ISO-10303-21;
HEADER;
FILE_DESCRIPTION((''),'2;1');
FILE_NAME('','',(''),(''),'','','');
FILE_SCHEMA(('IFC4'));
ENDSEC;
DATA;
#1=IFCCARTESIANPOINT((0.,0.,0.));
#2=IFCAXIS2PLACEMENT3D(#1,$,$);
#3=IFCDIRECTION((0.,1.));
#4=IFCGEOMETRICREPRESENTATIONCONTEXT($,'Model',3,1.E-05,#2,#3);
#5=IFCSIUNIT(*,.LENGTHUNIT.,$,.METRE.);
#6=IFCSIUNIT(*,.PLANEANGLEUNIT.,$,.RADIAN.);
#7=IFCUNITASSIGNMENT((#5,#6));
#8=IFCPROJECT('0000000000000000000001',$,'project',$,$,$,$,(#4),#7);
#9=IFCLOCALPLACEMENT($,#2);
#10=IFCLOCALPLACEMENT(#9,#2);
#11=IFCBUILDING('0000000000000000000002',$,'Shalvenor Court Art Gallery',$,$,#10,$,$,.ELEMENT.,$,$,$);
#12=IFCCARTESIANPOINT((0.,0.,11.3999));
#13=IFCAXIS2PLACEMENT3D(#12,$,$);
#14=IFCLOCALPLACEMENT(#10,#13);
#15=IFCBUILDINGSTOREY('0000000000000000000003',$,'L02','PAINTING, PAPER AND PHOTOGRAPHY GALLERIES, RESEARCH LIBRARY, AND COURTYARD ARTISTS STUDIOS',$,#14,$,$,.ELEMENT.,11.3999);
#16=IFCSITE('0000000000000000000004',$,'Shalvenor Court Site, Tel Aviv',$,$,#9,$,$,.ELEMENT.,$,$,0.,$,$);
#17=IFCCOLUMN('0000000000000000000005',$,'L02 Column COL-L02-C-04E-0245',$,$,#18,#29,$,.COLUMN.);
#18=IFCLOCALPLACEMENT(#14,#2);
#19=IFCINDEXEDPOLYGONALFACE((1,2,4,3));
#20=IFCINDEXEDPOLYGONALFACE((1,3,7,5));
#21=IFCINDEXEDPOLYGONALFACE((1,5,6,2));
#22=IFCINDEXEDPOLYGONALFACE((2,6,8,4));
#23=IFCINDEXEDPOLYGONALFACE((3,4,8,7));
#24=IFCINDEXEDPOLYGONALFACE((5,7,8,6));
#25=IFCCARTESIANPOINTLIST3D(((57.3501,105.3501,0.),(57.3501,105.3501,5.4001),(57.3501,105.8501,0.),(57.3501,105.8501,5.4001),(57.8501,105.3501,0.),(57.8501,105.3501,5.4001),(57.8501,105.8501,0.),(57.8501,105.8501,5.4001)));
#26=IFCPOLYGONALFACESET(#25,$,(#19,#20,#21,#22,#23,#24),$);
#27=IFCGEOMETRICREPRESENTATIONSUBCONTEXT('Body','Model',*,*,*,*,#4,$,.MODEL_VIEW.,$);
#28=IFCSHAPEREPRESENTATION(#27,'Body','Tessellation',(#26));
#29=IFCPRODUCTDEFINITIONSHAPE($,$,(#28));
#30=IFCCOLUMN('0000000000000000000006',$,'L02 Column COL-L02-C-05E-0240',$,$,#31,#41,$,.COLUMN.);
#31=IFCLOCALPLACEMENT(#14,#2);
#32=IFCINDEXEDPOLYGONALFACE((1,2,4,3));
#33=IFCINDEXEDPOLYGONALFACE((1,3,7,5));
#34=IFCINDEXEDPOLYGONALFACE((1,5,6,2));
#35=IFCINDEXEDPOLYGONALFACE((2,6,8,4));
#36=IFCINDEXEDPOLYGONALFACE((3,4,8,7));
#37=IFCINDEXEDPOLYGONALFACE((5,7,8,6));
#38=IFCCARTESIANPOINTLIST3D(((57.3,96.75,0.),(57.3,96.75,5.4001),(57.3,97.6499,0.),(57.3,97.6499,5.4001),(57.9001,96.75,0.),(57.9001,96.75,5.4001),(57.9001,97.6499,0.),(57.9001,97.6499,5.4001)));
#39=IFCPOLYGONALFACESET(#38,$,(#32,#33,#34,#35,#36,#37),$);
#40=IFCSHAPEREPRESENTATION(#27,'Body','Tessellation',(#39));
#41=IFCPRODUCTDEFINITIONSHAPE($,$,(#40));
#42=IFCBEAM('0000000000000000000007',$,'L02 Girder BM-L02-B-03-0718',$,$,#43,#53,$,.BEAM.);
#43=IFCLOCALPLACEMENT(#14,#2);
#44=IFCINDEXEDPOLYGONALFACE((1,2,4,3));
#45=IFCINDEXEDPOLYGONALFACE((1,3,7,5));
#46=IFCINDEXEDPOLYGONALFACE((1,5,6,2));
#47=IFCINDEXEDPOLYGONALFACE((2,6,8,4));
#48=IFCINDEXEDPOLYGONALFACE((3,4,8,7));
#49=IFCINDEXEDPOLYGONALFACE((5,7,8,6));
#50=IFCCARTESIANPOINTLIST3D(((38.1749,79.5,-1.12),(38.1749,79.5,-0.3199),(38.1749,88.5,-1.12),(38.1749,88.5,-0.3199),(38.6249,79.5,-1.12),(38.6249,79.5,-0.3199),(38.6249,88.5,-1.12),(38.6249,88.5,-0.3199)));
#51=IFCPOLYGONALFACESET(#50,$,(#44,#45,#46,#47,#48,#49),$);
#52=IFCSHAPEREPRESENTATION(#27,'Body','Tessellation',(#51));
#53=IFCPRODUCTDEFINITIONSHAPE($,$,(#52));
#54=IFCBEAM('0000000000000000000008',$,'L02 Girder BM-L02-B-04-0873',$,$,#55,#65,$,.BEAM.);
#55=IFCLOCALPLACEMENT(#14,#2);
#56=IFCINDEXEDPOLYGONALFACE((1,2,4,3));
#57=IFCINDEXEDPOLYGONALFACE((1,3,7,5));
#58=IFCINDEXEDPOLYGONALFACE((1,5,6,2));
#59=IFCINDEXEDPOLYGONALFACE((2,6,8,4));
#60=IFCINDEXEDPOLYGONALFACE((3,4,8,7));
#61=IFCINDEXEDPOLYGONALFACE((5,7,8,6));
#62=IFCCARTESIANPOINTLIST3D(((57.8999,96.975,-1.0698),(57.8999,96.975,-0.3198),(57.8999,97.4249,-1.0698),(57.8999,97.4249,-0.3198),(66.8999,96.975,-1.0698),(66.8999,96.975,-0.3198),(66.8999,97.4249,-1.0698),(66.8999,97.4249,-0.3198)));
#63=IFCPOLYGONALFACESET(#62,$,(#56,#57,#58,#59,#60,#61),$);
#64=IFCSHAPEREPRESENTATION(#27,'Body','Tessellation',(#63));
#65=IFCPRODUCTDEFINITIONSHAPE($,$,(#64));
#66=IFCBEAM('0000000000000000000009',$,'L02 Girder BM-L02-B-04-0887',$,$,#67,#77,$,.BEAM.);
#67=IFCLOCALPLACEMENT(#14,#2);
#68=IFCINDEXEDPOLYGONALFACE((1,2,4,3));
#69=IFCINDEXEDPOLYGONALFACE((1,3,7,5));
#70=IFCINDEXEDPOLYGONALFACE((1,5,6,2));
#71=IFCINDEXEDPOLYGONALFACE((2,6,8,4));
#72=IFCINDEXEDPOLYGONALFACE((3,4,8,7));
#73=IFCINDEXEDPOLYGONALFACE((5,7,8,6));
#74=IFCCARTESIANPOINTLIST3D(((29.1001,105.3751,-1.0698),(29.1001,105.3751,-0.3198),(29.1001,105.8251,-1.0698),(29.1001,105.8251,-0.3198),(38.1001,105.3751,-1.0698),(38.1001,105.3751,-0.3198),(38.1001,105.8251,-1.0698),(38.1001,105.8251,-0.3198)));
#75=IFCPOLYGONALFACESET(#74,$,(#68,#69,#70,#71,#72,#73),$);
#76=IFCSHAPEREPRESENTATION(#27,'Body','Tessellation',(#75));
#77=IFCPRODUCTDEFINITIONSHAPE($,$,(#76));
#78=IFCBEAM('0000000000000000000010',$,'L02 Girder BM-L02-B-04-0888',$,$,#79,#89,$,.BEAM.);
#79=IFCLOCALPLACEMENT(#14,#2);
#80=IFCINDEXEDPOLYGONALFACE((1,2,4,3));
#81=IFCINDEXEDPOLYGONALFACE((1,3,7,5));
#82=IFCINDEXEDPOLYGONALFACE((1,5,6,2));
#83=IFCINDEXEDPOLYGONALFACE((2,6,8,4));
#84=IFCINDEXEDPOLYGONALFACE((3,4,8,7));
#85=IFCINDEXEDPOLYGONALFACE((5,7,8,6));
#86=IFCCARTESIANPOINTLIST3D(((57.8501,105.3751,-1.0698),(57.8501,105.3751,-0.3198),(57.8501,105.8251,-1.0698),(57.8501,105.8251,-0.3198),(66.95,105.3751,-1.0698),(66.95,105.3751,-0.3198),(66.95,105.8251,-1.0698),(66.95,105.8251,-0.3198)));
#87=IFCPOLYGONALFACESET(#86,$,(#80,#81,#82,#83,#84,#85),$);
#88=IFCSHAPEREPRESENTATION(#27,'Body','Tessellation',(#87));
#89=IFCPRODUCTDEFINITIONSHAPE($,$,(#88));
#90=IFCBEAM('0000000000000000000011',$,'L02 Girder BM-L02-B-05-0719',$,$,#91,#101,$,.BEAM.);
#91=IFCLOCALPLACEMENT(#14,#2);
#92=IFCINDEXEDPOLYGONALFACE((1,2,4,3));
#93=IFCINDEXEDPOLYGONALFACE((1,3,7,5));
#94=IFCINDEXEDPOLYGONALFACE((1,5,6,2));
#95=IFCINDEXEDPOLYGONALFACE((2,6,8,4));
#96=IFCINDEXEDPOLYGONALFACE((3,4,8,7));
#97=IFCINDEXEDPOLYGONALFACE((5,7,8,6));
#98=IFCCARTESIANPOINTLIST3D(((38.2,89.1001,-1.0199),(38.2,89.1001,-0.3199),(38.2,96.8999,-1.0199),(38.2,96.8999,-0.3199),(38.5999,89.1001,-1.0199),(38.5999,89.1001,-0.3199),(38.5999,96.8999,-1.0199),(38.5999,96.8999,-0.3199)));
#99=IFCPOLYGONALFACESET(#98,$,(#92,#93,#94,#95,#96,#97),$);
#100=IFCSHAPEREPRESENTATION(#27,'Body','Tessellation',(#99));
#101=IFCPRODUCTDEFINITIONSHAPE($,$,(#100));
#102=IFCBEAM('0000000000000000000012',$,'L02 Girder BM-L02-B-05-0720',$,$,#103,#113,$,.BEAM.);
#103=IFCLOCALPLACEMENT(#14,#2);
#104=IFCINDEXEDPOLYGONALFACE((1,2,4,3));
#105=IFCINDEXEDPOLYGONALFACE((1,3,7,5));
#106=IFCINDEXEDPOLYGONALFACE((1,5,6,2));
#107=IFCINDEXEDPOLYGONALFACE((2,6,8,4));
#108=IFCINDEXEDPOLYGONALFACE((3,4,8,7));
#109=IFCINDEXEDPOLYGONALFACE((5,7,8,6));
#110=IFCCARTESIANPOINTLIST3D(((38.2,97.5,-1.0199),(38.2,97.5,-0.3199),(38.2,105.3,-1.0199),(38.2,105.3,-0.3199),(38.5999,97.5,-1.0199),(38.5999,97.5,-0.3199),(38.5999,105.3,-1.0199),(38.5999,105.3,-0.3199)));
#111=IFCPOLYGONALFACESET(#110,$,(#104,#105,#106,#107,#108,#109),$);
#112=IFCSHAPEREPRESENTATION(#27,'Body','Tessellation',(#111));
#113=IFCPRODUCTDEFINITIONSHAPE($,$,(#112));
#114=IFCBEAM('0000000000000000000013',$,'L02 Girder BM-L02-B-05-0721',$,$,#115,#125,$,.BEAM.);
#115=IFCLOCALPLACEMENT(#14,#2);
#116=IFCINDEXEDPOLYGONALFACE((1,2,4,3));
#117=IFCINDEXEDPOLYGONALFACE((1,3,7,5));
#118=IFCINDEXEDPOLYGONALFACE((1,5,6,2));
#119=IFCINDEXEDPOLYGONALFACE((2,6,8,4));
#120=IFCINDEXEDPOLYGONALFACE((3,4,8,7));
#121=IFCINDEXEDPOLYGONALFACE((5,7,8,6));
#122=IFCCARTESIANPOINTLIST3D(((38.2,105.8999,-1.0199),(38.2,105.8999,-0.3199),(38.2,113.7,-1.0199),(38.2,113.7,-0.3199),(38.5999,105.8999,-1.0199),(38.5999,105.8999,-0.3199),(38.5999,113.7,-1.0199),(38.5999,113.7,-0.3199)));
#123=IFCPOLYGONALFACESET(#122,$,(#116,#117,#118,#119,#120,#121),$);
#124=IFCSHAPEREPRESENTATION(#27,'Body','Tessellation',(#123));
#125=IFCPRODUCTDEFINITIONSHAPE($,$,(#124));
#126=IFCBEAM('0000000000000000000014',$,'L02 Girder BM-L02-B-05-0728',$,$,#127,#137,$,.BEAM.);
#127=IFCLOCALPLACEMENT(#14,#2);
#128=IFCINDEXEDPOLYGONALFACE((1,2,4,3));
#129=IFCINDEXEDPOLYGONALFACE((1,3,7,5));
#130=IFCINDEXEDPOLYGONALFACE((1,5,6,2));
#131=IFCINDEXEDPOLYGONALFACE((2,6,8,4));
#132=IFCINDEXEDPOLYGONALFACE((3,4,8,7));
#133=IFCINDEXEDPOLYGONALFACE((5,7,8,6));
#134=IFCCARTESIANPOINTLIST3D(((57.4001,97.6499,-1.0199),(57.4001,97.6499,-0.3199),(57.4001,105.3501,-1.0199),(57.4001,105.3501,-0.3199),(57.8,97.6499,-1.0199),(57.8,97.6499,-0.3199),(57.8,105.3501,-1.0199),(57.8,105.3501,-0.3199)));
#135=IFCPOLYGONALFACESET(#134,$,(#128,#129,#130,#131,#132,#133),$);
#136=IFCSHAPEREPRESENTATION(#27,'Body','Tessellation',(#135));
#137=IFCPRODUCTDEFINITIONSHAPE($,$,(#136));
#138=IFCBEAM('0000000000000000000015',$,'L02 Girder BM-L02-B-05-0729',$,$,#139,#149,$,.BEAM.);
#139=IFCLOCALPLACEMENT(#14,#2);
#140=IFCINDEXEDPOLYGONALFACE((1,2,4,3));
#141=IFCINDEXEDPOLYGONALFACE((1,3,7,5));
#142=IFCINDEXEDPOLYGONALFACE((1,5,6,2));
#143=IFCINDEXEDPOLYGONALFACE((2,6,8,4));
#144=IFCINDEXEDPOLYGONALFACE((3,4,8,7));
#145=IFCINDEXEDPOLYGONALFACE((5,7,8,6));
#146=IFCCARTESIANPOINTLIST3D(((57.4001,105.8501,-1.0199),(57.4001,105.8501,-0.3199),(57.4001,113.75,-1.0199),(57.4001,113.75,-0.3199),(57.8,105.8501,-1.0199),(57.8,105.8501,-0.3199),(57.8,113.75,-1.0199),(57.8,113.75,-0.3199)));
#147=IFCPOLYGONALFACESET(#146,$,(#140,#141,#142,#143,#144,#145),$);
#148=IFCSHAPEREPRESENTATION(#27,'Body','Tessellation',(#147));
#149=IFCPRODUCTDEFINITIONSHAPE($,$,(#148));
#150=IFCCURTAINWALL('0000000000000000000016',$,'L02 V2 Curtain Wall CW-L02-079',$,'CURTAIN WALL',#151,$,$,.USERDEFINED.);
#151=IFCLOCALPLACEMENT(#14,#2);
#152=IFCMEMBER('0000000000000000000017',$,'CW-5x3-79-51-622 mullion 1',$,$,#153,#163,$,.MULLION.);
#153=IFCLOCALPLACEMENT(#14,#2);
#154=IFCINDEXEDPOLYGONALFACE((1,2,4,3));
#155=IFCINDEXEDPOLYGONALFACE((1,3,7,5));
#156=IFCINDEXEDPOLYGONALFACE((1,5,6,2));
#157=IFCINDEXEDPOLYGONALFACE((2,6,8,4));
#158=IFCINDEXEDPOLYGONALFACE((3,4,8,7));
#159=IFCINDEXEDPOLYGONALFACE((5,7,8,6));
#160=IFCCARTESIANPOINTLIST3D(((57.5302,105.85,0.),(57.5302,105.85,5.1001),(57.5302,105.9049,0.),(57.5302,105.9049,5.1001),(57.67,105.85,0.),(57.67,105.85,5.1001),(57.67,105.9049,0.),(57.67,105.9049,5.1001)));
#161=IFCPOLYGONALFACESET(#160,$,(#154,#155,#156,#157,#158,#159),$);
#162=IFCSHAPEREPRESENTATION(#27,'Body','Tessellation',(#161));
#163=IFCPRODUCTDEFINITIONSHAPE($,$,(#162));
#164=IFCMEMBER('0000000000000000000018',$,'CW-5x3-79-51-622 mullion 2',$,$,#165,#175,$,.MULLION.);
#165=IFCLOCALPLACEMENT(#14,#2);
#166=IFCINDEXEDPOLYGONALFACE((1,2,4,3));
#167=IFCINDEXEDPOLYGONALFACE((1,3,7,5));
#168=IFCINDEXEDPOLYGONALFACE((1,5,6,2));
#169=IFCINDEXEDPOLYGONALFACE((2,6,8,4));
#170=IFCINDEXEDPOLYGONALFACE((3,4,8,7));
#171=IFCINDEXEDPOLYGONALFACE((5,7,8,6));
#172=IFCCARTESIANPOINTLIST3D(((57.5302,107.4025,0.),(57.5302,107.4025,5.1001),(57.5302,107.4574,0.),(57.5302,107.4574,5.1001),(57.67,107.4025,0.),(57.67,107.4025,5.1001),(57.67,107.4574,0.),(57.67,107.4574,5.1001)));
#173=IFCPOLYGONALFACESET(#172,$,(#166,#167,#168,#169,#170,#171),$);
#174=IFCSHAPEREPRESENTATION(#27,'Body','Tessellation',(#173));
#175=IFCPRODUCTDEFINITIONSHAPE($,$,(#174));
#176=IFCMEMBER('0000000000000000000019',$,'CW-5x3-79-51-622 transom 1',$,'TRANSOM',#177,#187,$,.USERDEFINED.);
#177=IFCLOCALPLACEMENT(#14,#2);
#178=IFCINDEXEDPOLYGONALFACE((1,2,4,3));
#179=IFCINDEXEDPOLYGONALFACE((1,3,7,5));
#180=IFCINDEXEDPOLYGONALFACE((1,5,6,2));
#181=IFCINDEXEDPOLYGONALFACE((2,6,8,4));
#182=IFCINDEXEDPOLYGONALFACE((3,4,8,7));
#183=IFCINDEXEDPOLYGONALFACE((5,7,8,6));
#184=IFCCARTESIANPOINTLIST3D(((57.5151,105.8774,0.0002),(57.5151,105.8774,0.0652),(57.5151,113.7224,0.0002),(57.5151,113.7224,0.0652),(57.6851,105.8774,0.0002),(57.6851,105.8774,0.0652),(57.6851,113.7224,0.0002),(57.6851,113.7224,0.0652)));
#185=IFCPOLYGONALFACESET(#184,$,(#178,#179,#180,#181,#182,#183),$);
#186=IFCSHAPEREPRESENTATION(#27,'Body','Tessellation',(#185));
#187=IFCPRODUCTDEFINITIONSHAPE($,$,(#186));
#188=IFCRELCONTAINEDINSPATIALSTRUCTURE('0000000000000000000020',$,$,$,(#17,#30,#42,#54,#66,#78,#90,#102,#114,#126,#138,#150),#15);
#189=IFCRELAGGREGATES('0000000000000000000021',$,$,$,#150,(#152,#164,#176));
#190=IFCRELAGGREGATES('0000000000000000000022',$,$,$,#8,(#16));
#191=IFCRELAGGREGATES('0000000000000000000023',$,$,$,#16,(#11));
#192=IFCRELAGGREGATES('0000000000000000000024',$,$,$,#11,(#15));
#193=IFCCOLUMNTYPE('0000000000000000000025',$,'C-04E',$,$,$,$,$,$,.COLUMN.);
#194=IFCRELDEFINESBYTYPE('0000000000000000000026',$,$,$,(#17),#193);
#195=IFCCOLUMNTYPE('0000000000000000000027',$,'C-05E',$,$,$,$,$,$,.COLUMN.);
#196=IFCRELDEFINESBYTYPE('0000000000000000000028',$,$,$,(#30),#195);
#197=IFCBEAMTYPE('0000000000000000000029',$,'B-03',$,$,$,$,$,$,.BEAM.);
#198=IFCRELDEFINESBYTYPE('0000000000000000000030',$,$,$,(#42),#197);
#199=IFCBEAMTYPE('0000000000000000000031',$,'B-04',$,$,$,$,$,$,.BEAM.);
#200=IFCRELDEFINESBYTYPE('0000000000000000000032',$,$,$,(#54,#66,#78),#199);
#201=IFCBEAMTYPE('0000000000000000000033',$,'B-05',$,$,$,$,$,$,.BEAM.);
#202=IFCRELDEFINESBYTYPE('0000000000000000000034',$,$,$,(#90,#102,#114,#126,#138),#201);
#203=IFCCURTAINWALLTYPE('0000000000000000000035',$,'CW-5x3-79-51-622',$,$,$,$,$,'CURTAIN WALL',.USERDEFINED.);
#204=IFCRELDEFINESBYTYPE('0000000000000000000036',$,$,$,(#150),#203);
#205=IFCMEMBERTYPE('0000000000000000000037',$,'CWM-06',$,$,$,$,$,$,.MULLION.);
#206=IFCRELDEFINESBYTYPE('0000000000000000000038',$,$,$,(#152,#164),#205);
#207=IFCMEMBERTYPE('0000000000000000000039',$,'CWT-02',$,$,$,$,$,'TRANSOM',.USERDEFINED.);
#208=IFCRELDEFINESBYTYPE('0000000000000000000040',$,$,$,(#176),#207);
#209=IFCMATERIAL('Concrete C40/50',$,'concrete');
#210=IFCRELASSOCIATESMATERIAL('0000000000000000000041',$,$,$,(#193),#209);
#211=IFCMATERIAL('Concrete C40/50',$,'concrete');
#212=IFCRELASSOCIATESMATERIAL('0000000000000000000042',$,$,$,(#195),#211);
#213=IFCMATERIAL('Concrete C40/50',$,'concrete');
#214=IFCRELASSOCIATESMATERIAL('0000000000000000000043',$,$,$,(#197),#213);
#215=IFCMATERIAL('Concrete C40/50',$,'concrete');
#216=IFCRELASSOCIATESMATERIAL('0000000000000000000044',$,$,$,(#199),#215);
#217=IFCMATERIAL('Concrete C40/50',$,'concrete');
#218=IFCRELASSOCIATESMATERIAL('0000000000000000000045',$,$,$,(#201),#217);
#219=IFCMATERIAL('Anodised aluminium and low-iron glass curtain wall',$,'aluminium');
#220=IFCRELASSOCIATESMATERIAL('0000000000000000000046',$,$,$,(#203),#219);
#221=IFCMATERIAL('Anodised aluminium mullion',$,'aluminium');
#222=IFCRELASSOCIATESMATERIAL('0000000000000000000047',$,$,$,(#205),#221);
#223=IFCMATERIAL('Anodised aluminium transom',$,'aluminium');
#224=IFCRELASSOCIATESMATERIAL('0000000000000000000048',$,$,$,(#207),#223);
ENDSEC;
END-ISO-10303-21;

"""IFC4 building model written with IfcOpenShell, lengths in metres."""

from ifc_helpers import new_model, si_unit, direction, frame, origin, origin_2d, place, context, subcontext, project, spatial, rectangle, extrude, material, material_profile, profile_set, type_object, element, aggregate, save


model = new_model("IFC4")

# Units and contexts
model_context = context("Model", 3, precision=1e-05, world=origin(), true_north=direction((0.0, 1.0)))
body_context = subcontext(model_context, "Body", "Model", "MODEL_VIEW")
ifc_project = project(units=[si_unit("LENGTHUNIT", "METRE"), si_unit("PLANEANGLEUNIT", "RADIAN")], contexts=[model_context])

# Site, building, storey
site_placement = place(None, origin())
site = spatial("IfcSite", under=ifc_project, at=site_placement, Name="Shalvenor Court Site, Tel Aviv", CompositionType="ELEMENT", RefElevation=0.0)
building_placement = place(site_placement, origin())
building = spatial("IfcBuilding", under=site, at=building_placement, Name="Shalvenor Court Art Gallery", CompositionType="ELEMENT")
storey_placement = place(building_placement, frame((0.0, 0.0, 11.3999)))
storey = spatial("IfcBuildingStorey", under=building, at=storey_placement, Name="L02", Description="PAINTING, PAPER AND PHOTOGRAPHY GALLERIES, RESEARCH LIBRARY, AND COURTYARD ARTISTS STUDIOS", CompositionType="ELEMENT", Elevation=11.3999)

# Columns
ifc_material_1 = material(Name="Concrete C40/50", Category="concrete")
ifc_material_profile_1 = material_profile(ifc_material_1, rectangle(XDim=0.5, YDim=0.5, at=origin_2d()), Name="RC 500x500")
ifc_profile_set_1 = profile_set([ifc_material_profile_1], Name="Concrete C40/50")
column_type_1 = type_object("IfcColumnType", Name="C-04E", PredefinedType="COLUMN", material=ifc_profile_set_1)
column_1_placement = place(storey_placement, frame((57.6001, 105.6001, 0.0), z_axis=(0.0, 0.0, 1.0), x_axis=(1.0, 0.0, 0.0)))
element("IfcColumn", 1, at=column_1_placement, inside=storey, type_object=column_type_1, Name="L02 Column COL-L02-C-04E-0245", PredefinedType="COLUMN", context=body_context, shape_type="SweptSolid", body=[
    extrude(rectangle(XDim=0.5, YDim=0.5, at=origin_2d()), origin(), (0.0, 0.0, 1.0), 5.4001),
])
ifc_material_2 = material(Name="Concrete C40/50", Category="concrete")
ifc_material_profile_2 = material_profile(ifc_material_2, rectangle(XDim=0.6001, YDim=0.8999, at=origin_2d()), Name="RC 600x900")
ifc_profile_set_2 = profile_set([ifc_material_profile_2], Name="Concrete C40/50")
column_type_2 = type_object("IfcColumnType", Name="C-05E", PredefinedType="COLUMN", material=ifc_profile_set_2)
column_2_placement = place(storey_placement, frame((57.6001, 97.2, 0.0), z_axis=(0.0, 0.0, 1.0), x_axis=(1.0, 0.0, 0.0)))
element("IfcColumn", 2, at=column_2_placement, inside=storey, type_object=column_type_2, Name="L02 Column COL-L02-C-05E-0240", PredefinedType="COLUMN", context=body_context, shape_type="SweptSolid", body=[
    extrude(rectangle(XDim=0.6001, YDim=0.8999, at=origin_2d()), origin(), (0.0, 0.0, 1.0), 5.4001),
])

# Beams
ifc_material_3 = material(Name="Concrete C40/50", Category="concrete")
ifc_material_profile_3 = material_profile(ifc_material_3, rectangle(XDim=0.45, YDim=0.8, at=origin_2d()), Name="RC 450x800")
ifc_profile_set_3 = profile_set([ifc_material_profile_3], Name="Concrete C40/50")
beam_type_1 = type_object("IfcBeamType", Name="B-03", PredefinedType="BEAM", material=ifc_profile_set_3)
beam_1_placement = place(storey_placement, frame((38.3999, 79.5, -0.72), z_axis=(0.0, 1.0, 0.0), x_axis=(-1.0, 0.0, 0.0)))
element("IfcBeam", 3, at=beam_1_placement, inside=storey, type_object=beam_type_1, Name="L02 Girder BM-L02-B-03-0718", PredefinedType="BEAM", context=body_context, shape_type="SweptSolid", body=[
    extrude(rectangle(XDim=0.45, YDim=0.8, at=origin_2d()), origin(), (0.0, 0.0, 1.0), 9.0),
])
ifc_material_4 = material(Name="Concrete C40/50", Category="concrete")
ifc_material_profile_4 = material_profile(ifc_material_4, rectangle(XDim=0.45, YDim=0.75, at=origin_2d()), Name="RC 450x750")
ifc_profile_set_4 = profile_set([ifc_material_profile_4], Name="Concrete C40/50")
beam_type_2 = type_object("IfcBeamType", Name="B-04", PredefinedType="BEAM", material=ifc_profile_set_4)
for number, where, z_axis, x_axis, name in (
    (4, (57.8999, 97.2, -0.6948), (1.0, 0.0, 0.0), (0.0, 1.0, 0.0), "L02 Girder BM-L02-B-04-0873"),
    (5, (29.1001, 105.6001, -0.6948), (1.0, 0.0, 0.0), (0.0, 1.0, 0.0), "L02 Girder BM-L02-B-04-0887"),
):
    element("IfcBeam", number, at=place(storey_placement, frame(where, z_axis=z_axis, x_axis=x_axis)), inside=storey, type_object=beam_type_2, Name=name, PredefinedType="BEAM", context=body_context, shape_type="SweptSolid", body=[
        extrude(rectangle(XDim=0.45, YDim=0.75, at=origin_2d()), origin(), (0.0, 0.0, 1.0), 9.0),
    ])
beam_2_placement = place(storey_placement, frame((57.8501, 105.6001, -0.6948), z_axis=(1.0, 0.0, 0.0), x_axis=(0.0, 1.0, 0.0)))
element("IfcBeam", 6, at=beam_2_placement, inside=storey, type_object=beam_type_2, Name="L02 Girder BM-L02-B-04-0888", PredefinedType="BEAM", context=body_context, shape_type="SweptSolid", body=[
    extrude(rectangle(XDim=0.45, YDim=0.75, at=origin_2d()), origin(), (0.0, 0.0, 1.0), 9.0999),
])
ifc_material_5 = material(Name="Concrete C40/50", Category="concrete")
ifc_material_profile_5 = material_profile(ifc_material_5, rectangle(XDim=0.3999, YDim=0.7, at=origin_2d()), Name="RC 400x700")
ifc_profile_set_5 = profile_set([ifc_material_profile_5], Name="Concrete C40/50")
beam_type_3 = type_object("IfcBeamType", Name="B-05", PredefinedType="BEAM", material=ifc_profile_set_5)
beam_3_placement = place(storey_placement, frame((38.3999, 89.1001, -0.6699), z_axis=(0.0, 1.0, 0.0), x_axis=(-1.0, 0.0, 0.0)))
element("IfcBeam", 7, at=beam_3_placement, inside=storey, type_object=beam_type_3, Name="L02 Girder BM-L02-B-05-0719", PredefinedType="BEAM", context=body_context, shape_type="SweptSolid", body=[
    extrude(rectangle(XDim=0.3999, YDim=0.7, at=origin_2d()), origin(), (0.0, 0.0, 1.0), 7.7998),
])
for number, where, z_axis, x_axis, name in (
    (8, (38.3999, 97.5, -0.6699), (0.0, 1.0, 0.0), (-1.0, 0.0, 0.0), "L02 Girder BM-L02-B-05-0720"),
    (9, (38.3999, 105.8999, -0.6699), (0.0, 1.0, 0.0), (-1.0, 0.0, 0.0), "L02 Girder BM-L02-B-05-0721"),
):
    element("IfcBeam", number, at=place(storey_placement, frame(where, z_axis=z_axis, x_axis=x_axis)), inside=storey, type_object=beam_type_3, Name=name, PredefinedType="BEAM", context=body_context, shape_type="SweptSolid", body=[
        extrude(rectangle(XDim=0.3999, YDim=0.7, at=origin_2d()), origin(), (0.0, 0.0, 1.0), 7.8),
    ])
beam_4_placement = place(storey_placement, frame((57.6001, 97.6499, -0.6699), z_axis=(0.0, 1.0, 0.0), x_axis=(-1.0, 0.0, 0.0)))
element("IfcBeam", 10, at=beam_4_placement, inside=storey, type_object=beam_type_3, Name="L02 Girder BM-L02-B-05-0728", PredefinedType="BEAM", context=body_context, shape_type="SweptSolid", body=[
    extrude(rectangle(XDim=0.3999, YDim=0.7, at=origin_2d()), origin(), (0.0, 0.0, 1.0), 7.7002),
])
beam_5_placement = place(storey_placement, frame((57.6001, 105.8501, -0.6699), z_axis=(0.0, 1.0, 0.0), x_axis=(-1.0, 0.0, 0.0)))
element("IfcBeam", 11, at=beam_5_placement, inside=storey, type_object=beam_type_3, Name="L02 Girder BM-L02-B-05-0729", PredefinedType="BEAM", context=body_context, shape_type="SweptSolid", body=[
    extrude(rectangle(XDim=0.3999, YDim=0.7, at=origin_2d()), origin(), (0.0, 0.0, 1.0), 7.8999),
])

# Curtain wall, members
ifc_material_6 = material(Name="Anodised aluminium and low-iron glass curtain wall", Category="aluminium")
curtain_wall_type = type_object("IfcCurtainWallType", Name="CW-5x3-79-51-622", ElementType="CURTAIN WALL", PredefinedType="USERDEFINED", material=ifc_material_6)
curtain_wall_placement = place(storey_placement, origin())
curtain_wall = element("IfcCurtainWall", 12, at=curtain_wall_placement, inside=storey, type_object=curtain_wall_type, Name="L02 V2 Curtain Wall CW-L02-079", ObjectType="CURTAIN WALL", PredefinedType="USERDEFINED")
ifc_material_7 = material(Name="Anodised aluminium mullion", Category="aluminium")
ifc_material_profile_6 = material_profile(ifc_material_7, rectangle(XDim=0.0549, YDim=0.1399, at=origin_2d()), Name="CWM-06")
ifc_profile_set_6 = profile_set([ifc_material_profile_6], Name="Anodised aluminium mullion")
member_type_1 = type_object("IfcMemberType", Name="CWM-06", PredefinedType="MULLION", material=ifc_profile_set_6)
member_1_placement = place(storey_placement, frame((57.6001, 105.8774, 0.0), z_axis=(0.0, 0.0, 1.0), x_axis=(0.0, 1.0, 0.0)))
member_1 = element("IfcMember", 13, at=member_1_placement, type_object=member_type_1, Name="CW-5x3-79-51-622 mullion 1", PredefinedType="MULLION", context=body_context, shape_type="SweptSolid", body=[
    extrude(rectangle(XDim=0.0549, YDim=0.1399, at=origin_2d()), origin(), (0.0, 0.0, 1.0), 5.1001),
])
member_2_placement = place(storey_placement, frame((57.6001, 107.4299, 0.0), z_axis=(0.0, 0.0, 1.0), x_axis=(0.0, 1.0, 0.0)))
member_2 = element("IfcMember", 14, at=member_2_placement, type_object=member_type_1, Name="CW-5x3-79-51-622 mullion 2", PredefinedType="MULLION", context=body_context, shape_type="SweptSolid", body=[
    extrude(rectangle(XDim=0.0549, YDim=0.1399, at=origin_2d()), origin(), (0.0, 0.0, 1.0), 5.1001),
])
ifc_material_8 = material(Name="Anodised aluminium transom", Category="aluminium")
ifc_material_profile_7 = material_profile(ifc_material_8, rectangle(XDim=0.1699, YDim=0.0649, at=origin_2d()), Name="CWT-02")
ifc_profile_set_7 = profile_set([ifc_material_profile_7], Name="Anodised aluminium transom")
member_type_2 = type_object("IfcMemberType", Name="CWT-02", ElementType="TRANSOM", PredefinedType="USERDEFINED", material=ifc_profile_set_7)
member_3_placement = place(storey_placement, frame((57.6001, 105.8774, 0.0327), z_axis=(0.0, 1.0, 0.0), x_axis=(-1.0, 0.0, 0.0)))
member_3 = element("IfcMember", 15, at=member_3_placement, type_object=member_type_2, Name="CW-5x3-79-51-622 transom 1", ObjectType="TRANSOM", PredefinedType="USERDEFINED", context=body_context, shape_type="SweptSolid", body=[
    extrude(rectangle(XDim=0.1699, YDim=0.0649, at=origin_2d()), origin(), (0.0, 0.0, 1.0), 7.845),
])
aggregate(curtain_wall, [member_1, member_2, member_3])

save(model, "model.ifc")
